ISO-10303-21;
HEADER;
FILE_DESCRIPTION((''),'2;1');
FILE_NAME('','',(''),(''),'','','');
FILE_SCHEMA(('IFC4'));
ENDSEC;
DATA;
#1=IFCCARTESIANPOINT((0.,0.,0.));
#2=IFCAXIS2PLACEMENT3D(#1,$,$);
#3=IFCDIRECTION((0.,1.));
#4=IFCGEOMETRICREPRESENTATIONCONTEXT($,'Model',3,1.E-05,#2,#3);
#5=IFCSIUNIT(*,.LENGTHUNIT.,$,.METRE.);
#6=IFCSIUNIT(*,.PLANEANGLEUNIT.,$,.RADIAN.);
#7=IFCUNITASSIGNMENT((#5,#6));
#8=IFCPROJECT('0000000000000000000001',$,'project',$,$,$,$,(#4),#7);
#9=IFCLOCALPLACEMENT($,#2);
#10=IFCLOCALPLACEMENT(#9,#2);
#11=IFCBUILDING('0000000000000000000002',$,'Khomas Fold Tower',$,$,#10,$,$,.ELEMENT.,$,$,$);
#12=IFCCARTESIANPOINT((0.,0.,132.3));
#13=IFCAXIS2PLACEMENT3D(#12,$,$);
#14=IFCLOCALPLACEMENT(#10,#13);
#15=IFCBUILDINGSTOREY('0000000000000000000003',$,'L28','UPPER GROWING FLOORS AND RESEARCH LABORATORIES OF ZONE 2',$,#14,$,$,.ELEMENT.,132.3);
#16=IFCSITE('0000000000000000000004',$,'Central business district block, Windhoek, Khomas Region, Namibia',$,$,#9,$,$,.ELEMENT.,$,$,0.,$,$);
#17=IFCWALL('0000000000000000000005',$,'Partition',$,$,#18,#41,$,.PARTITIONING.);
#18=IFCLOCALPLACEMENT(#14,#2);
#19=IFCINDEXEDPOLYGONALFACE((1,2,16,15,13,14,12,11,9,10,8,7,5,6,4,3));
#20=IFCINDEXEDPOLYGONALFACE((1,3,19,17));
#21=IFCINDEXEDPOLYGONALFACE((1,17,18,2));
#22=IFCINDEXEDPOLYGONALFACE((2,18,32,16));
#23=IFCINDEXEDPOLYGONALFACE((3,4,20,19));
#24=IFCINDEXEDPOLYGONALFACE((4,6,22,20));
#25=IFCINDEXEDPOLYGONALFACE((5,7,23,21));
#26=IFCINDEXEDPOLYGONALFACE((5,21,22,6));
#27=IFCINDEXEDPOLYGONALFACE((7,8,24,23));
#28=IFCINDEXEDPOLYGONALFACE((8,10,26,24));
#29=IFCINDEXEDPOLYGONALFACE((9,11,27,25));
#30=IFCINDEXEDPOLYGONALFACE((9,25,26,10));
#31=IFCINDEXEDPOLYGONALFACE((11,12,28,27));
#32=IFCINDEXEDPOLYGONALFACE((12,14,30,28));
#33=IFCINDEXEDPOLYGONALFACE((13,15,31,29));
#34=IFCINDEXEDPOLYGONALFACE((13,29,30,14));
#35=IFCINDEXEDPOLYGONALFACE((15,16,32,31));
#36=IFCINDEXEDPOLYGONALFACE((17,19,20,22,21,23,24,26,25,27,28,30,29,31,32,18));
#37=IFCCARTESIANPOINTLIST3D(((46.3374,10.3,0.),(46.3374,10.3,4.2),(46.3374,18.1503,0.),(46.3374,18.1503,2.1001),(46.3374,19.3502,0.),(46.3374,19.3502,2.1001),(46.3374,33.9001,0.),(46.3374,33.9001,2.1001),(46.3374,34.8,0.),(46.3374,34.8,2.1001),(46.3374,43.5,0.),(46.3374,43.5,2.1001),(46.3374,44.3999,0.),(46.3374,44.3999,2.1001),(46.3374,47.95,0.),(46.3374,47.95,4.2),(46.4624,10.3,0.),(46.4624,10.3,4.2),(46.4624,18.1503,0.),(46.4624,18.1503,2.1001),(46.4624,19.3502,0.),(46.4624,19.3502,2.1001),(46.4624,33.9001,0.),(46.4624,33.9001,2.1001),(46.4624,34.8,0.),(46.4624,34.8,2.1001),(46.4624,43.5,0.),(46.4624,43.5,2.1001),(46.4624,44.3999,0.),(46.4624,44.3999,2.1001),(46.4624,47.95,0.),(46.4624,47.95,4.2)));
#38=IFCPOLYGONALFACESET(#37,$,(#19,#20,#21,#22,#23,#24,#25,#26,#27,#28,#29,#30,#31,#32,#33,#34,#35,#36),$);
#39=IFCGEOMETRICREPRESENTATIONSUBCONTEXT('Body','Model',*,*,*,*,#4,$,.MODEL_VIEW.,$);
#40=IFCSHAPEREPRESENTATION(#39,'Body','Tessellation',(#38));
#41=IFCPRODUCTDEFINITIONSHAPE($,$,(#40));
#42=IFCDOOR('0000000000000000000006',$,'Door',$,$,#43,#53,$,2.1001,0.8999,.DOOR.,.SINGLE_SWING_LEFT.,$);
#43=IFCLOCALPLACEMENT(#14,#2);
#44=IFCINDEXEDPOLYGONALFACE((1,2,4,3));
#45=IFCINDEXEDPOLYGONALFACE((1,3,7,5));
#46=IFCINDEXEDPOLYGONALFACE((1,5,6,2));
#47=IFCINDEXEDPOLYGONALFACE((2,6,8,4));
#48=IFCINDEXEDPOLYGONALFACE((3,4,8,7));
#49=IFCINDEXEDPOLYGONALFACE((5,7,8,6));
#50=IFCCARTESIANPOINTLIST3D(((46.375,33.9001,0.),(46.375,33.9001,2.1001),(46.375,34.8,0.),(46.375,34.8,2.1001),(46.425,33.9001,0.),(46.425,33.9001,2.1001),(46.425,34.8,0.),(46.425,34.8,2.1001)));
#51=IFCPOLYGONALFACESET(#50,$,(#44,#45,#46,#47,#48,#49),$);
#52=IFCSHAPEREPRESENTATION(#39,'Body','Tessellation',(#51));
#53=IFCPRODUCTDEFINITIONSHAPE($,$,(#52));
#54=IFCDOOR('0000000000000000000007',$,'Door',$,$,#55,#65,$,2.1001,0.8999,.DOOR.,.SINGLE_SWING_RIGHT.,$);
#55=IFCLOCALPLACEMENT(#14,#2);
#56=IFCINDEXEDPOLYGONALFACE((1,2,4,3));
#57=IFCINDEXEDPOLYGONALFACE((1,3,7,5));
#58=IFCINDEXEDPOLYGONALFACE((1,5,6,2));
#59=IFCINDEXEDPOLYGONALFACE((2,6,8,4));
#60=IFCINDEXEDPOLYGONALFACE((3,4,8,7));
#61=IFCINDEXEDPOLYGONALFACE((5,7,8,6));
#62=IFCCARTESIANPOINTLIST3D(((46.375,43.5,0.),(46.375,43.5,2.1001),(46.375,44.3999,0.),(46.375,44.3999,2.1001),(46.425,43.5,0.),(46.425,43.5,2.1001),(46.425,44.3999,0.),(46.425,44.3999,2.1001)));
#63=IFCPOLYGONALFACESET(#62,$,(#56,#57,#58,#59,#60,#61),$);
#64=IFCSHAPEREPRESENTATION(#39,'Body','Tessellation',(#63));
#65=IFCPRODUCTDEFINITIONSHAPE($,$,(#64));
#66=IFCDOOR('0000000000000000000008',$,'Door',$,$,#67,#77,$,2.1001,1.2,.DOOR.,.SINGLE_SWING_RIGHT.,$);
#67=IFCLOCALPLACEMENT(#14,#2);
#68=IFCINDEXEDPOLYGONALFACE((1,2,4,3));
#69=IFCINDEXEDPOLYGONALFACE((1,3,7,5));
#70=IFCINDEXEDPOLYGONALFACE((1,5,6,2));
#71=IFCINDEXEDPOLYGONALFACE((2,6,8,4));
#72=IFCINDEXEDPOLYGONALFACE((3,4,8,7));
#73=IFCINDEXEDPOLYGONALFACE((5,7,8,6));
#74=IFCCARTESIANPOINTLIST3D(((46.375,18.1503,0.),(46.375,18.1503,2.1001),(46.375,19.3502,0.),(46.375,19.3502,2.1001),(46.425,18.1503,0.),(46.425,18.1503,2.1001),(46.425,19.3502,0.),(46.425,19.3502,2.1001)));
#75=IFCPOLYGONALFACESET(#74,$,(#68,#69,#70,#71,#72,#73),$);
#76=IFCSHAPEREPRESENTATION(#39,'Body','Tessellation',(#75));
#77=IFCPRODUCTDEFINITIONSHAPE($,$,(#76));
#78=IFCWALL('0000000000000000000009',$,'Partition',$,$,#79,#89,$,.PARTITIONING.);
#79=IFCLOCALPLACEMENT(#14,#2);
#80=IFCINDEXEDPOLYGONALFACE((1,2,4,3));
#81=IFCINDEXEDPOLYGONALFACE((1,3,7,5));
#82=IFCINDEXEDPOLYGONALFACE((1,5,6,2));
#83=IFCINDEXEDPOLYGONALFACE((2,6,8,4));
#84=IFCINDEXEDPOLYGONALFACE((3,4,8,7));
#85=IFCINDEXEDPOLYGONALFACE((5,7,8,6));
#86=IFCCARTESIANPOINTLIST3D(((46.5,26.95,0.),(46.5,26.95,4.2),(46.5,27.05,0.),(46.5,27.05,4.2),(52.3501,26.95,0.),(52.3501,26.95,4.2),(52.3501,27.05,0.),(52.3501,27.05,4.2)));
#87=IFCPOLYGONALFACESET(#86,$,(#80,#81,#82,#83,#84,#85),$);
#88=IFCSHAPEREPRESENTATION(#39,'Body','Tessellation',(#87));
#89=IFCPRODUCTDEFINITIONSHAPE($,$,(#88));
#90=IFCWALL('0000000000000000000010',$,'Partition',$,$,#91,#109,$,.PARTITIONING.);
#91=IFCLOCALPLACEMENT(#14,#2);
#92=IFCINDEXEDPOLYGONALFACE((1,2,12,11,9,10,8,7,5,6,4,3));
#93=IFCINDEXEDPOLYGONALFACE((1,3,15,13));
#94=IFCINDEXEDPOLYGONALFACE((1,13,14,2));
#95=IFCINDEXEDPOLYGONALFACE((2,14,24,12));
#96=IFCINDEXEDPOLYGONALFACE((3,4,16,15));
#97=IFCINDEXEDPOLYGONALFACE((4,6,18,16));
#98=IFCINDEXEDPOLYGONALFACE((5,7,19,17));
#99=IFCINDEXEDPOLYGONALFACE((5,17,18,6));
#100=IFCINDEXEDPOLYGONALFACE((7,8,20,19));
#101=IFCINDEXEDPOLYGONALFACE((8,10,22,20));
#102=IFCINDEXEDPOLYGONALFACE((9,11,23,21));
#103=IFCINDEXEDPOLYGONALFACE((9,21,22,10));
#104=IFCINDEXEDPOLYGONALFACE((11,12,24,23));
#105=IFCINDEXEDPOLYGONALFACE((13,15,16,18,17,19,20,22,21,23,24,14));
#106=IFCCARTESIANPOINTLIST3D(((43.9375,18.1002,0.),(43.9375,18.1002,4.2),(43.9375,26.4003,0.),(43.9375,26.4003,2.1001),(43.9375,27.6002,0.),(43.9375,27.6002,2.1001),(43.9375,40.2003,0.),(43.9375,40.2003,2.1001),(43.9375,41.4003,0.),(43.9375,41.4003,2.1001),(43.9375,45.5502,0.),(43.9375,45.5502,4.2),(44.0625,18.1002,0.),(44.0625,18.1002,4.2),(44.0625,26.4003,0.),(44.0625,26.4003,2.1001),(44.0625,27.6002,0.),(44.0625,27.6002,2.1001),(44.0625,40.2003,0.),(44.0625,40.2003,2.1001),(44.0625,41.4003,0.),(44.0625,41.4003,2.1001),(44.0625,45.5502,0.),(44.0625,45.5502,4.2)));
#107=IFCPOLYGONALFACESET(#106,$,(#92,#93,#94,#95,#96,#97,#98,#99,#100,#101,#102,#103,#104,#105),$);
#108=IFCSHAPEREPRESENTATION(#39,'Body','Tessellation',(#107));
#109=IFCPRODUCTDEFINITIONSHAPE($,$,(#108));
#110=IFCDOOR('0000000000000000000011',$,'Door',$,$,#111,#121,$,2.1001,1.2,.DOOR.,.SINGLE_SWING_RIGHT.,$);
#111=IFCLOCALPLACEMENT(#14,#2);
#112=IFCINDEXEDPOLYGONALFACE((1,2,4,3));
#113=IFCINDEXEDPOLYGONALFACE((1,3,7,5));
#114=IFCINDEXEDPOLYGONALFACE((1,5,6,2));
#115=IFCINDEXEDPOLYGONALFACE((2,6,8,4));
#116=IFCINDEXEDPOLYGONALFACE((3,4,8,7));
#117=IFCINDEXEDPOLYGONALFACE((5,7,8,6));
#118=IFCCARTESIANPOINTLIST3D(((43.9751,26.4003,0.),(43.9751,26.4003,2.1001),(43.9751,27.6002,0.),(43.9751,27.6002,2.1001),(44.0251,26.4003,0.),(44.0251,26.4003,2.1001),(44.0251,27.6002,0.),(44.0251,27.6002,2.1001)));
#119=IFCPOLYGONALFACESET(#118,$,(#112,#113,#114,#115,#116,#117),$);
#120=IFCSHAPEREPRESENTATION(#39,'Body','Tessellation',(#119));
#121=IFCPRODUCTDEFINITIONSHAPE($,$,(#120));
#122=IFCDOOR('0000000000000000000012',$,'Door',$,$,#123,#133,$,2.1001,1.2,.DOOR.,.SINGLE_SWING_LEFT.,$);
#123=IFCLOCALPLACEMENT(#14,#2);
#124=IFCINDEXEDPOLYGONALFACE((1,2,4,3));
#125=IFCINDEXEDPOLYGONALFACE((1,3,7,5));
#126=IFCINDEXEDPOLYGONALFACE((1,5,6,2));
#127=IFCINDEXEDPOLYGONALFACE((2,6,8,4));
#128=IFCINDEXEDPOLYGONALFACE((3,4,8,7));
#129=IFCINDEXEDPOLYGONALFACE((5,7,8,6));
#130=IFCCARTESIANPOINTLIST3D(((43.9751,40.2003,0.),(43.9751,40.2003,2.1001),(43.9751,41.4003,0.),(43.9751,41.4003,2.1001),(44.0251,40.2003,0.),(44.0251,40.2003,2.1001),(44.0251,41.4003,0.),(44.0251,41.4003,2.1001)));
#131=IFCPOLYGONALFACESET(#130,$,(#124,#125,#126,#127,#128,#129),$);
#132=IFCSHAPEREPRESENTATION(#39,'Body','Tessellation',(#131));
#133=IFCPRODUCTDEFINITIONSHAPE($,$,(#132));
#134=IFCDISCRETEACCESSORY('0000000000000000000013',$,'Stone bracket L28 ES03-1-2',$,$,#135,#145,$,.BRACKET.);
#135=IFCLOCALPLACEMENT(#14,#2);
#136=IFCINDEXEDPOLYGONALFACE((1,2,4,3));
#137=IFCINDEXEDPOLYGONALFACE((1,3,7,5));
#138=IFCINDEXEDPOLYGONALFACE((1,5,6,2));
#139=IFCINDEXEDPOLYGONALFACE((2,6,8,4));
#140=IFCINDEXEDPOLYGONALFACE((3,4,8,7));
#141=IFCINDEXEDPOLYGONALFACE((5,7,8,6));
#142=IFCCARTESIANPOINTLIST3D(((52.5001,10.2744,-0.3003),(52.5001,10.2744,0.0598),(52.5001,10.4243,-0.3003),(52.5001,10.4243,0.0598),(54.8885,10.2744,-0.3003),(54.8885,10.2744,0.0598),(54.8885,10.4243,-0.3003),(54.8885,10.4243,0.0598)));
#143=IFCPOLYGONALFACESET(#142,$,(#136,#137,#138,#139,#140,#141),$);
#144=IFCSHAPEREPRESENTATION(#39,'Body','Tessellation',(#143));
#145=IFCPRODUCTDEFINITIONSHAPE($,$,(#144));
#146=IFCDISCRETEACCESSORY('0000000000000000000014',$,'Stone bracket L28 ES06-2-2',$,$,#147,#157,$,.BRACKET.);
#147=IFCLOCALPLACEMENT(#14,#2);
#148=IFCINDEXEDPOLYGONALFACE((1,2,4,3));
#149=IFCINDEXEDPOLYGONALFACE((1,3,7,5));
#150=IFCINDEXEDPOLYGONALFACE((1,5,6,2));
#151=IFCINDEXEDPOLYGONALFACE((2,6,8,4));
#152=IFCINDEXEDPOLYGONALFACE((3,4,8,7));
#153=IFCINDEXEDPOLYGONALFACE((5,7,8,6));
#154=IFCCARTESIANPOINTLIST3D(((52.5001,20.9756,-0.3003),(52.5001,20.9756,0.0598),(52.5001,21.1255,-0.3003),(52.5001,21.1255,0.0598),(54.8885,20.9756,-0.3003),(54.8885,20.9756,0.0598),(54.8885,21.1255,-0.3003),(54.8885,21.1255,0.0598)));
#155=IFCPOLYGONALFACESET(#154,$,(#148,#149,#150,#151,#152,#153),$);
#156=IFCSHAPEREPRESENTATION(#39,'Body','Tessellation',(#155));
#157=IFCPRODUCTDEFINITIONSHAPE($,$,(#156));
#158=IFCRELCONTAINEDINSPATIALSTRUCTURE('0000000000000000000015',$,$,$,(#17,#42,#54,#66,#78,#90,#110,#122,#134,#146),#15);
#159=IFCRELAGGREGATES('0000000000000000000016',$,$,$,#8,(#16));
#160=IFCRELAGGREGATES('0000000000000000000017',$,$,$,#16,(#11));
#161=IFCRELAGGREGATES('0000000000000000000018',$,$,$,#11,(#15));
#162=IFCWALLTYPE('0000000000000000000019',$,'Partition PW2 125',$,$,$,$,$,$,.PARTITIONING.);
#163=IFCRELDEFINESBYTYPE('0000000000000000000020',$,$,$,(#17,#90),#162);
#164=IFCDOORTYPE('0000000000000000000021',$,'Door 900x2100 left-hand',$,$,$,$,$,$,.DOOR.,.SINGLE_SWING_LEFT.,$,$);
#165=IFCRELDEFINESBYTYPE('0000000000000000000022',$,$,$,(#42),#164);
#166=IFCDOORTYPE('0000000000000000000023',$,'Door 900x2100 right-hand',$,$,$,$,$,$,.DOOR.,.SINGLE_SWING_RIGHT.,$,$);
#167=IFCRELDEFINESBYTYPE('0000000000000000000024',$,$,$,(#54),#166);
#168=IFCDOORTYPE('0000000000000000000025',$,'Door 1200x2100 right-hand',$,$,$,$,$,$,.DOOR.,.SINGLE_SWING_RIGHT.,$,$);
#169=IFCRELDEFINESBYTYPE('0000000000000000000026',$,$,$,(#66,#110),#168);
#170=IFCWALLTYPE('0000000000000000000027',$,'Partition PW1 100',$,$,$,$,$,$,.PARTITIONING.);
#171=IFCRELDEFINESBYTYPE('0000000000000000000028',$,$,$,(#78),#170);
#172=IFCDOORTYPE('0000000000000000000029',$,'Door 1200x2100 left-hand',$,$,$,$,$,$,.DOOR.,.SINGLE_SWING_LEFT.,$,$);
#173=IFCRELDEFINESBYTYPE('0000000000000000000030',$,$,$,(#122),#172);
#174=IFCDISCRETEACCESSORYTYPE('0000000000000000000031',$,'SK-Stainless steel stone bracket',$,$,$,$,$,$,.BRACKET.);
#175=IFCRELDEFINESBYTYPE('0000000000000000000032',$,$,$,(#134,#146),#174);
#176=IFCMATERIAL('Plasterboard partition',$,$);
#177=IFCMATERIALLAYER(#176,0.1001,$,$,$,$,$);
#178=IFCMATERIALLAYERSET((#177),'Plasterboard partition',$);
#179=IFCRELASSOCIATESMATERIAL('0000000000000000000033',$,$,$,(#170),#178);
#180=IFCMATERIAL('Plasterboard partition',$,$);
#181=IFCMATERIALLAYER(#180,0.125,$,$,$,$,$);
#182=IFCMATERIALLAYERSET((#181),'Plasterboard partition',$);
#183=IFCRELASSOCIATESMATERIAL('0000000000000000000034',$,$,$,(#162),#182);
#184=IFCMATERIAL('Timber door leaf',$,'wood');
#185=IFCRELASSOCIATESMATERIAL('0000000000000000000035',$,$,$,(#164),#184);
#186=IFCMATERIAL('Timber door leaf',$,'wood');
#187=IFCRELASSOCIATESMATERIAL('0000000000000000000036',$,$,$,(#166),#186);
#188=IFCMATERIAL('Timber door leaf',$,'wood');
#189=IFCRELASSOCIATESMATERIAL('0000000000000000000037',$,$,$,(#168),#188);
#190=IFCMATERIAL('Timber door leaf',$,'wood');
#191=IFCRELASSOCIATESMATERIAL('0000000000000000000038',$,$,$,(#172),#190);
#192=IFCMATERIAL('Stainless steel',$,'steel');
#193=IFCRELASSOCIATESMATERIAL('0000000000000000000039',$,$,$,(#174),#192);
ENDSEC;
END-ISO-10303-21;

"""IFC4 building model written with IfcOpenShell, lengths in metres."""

from ifc_helpers import new_model, si_unit, direction, frame, frame_2d, origin, origin_2d, place, context, subcontext, project, spatial, rectangle, extrude, source, transform, mapped, material, layer, layer_set, type_object, element, fill, save


model = new_model("IFC4")

# Units and contexts
model_context = context("Model", 3, precision=1e-05, world=origin(), true_north=direction((0.0, 1.0)))
body_context = subcontext(model_context, "Body", "Model", "MODEL_VIEW")
ifc_project = project(units=[si_unit("LENGTHUNIT", "METRE"), si_unit("PLANEANGLEUNIT", "RADIAN")], contexts=[model_context])

# Site, building, storey
site_placement = place(None, origin())
site = spatial("IfcSite", under=ifc_project, at=site_placement, Name="Central business district block, Windhoek, Khomas Region, Namibia", CompositionType="ELEMENT", RefElevation=0.0)
building_placement = place(site_placement, origin())
building = spatial("IfcBuilding", under=site, at=building_placement, Name="Khomas Fold Tower", CompositionType="ELEMENT")
storey_placement = place(building_placement, frame((0.0, 0.0, 132.3)))
storey = spatial("IfcBuildingStorey", under=building, at=storey_placement, Name="L28", Description="UPPER GROWING FLOORS AND RESEARCH LABORATORIES OF ZONE 2", CompositionType="ELEMENT", Elevation=132.3)

# Shared definitions
ifc_material_1 = material(Name="Plasterboard partition")
ifc_layer_1 = layer(ifc_material_1, 0.1001)
ifc_layer_set_1 = layer_set([ifc_layer_1], Name="Plasterboard partition")
wall_type_1 = type_object("IfcWallType", Name="Partition PW1 100", PredefinedType="PARTITIONING", material=ifc_layer_set_1)

# Wall, openings, doors
ifc_material_2 = material(Name="Plasterboard partition")
ifc_layer_2 = layer(ifc_material_2, 0.125)
ifc_layer_set_2 = layer_set([ifc_layer_2], Name="Plasterboard partition")
wall_type_2 = type_object("IfcWallType", Name="Partition PW2 125", PredefinedType="PARTITIONING", material=ifc_layer_set_2)
shared_shape_1 = source(origin(), body_context, "Body", "SweptSolid", [
    extrude(rectangle(XDim=37.6499, YDim=0.125, at=frame_2d((18.825, 0.0))), origin(), (0.0, 0.0, 1.0), 4.2),
])
wall_1_placement = place(storey_placement, frame((46.3999, 10.3, 0.0), z_axis=(0.0, 0.0, 1.0), x_axis=(0.0, 1.0, 0.0)))
wall_1 = element("IfcWall", 1, at=wall_1_placement, inside=storey, type_object=wall_type_2, Name="Partition", PredefinedType="PARTITIONING", context=body_context, shape_type="MappedRepresentation", body=[
    mapped(shared_shape_1, transform((0.0, 0.0, 0.0))),
])
shared_shape_2 = source(origin(), body_context, "Body", "SweptSolid", [
    extrude(rectangle(XDim=1.2, YDim=2.1001, at=frame_2d((0.6001, 1.05))), frame((0.0, 0.0725, 0.0), z_axis=(0.0, -1.0, 0.0), x_axis=(1.0, 0.0, 0.0)), (0.0, 0.0, 1.0), 0.145),
])
opening_1_placement = place(wall_1_placement, frame((7.8501, 0.0, 0.0)))
opening_1 = element("IfcOpeningElement", 2, at=opening_1_placement, cuts=wall_1, PredefinedType="OPENING", context=body_context, shape_type="MappedRepresentation", body=[
    mapped(shared_shape_2, transform((0.0, 0.0, 0.0))),
])
shared_shape_3 = source(origin(), body_context, "Body", "SweptSolid", [
    extrude(rectangle(XDim=0.8999, YDim=2.1001, at=frame_2d((0.45, 1.05))), frame((0.0, 0.0725, 0.0), z_axis=(0.0, -1.0, 0.0), x_axis=(1.0, 0.0, 0.0)), (0.0, 0.0, 1.0), 0.145),
])
opening_2_placement = place(wall_1_placement, frame((23.6001, 0.0, 0.0)))
opening_2 = element("IfcOpeningElement", 3, at=opening_2_placement, cuts=wall_1, PredefinedType="OPENING", context=body_context, shape_type="MappedRepresentation", body=[
    mapped(shared_shape_3, transform((0.0, 0.0, 0.0))),
])
opening_3_placement = place(wall_1_placement, frame((33.2, 0.0, 0.0)))
opening_3 = element("IfcOpeningElement", 4, at=opening_3_placement, cuts=wall_1, PredefinedType="OPENING", context=body_context, shape_type="MappedRepresentation", body=[
    mapped(shared_shape_3, transform((0.0, 0.0, 0.0))),
])
ifc_material_3 = material(Name="Timber door leaf", Category="wood")
door_type_1 = type_object("IfcDoorType", Name="Door 900x2100 left-hand", OperationType="SINGLE_SWING_LEFT", PredefinedType="DOOR", material=ifc_material_3)
shared_shape_4 = source(origin(), body_context, "Body", "SweptSolid", [
    extrude(rectangle(XDim=0.8999, YDim=2.1001, at=frame_2d((0.45, 1.05))), frame((0.0, 0.0249, 0.0), z_axis=(0.0, -1.0, 0.0), x_axis=(1.0, 0.0, 0.0)), (0.0, 0.0, 1.0), 0.05),
])
door_1_placement = place(opening_2_placement, origin())
door_1 = element("IfcDoor", 5, at=door_1_placement, inside=storey, type_object=door_type_1, Name="Door", OperationType="SINGLE_SWING_LEFT", OverallHeight=2.1001, OverallWidth=0.8999, PredefinedType="DOOR", context=body_context, shape_type="MappedRepresentation", body=[
    mapped(shared_shape_4, transform((0.0, 0.0, 0.0))),
])
fill(opening_2, door_1)
ifc_material_4 = material(Name="Timber door leaf", Category="wood")
door_type_2 = type_object("IfcDoorType", Name="Door 900x2100 right-hand", OperationType="SINGLE_SWING_RIGHT", PredefinedType="DOOR", material=ifc_material_4)
door_2_placement = place(opening_3_placement, origin())
door_2 = element("IfcDoor", 6, at=door_2_placement, inside=storey, type_object=door_type_2, Name="Door", OperationType="SINGLE_SWING_RIGHT", OverallHeight=2.1001, OverallWidth=0.8999, PredefinedType="DOOR", context=body_context, shape_type="MappedRepresentation", body=[
    mapped(shared_shape_4, transform((0.0, 0.0, 0.0))),
])
fill(opening_3, door_2)
ifc_material_5 = material(Name="Timber door leaf", Category="wood")
door_type_3 = type_object("IfcDoorType", Name="Door 1200x2100 right-hand", OperationType="SINGLE_SWING_RIGHT", PredefinedType="DOOR", material=ifc_material_5)
shared_shape_5 = source(origin(), body_context, "Body", "SweptSolid", [
    extrude(rectangle(XDim=1.2, YDim=2.1001, at=frame_2d((0.6001, 1.05))), frame((0.0, 0.0249, 0.0), z_axis=(0.0, -1.0, 0.0), x_axis=(1.0, 0.0, 0.0)), (0.0, 0.0, 1.0), 0.05),
])
door_3_placement = place(opening_1_placement, origin())
door_3 = element("IfcDoor", 7, at=door_3_placement, inside=storey, type_object=door_type_3, Name="Door", OperationType="SINGLE_SWING_RIGHT", OverallHeight=2.1001, OverallWidth=1.2, PredefinedType="DOOR", context=body_context, shape_type="MappedRepresentation", body=[
    mapped(shared_shape_5, transform((0.0, 0.0, 0.0))),
])
fill(opening_1, door_3)

# Wall
shared_shape_6 = source(origin(), body_context, "Body", "SweptSolid", [
    extrude(rectangle(XDim=5.8501, YDim=0.1001, at=frame_2d((2.925, 0.0))), origin(), (0.0, 0.0, 1.0), 4.2),
])
wall_2_placement = place(storey_placement, frame((46.5, 27.0, 0.0), z_axis=(0.0, 0.0, 1.0), x_axis=(1.0, 0.0, 0.0)))
element("IfcWall", 8, at=wall_2_placement, inside=storey, type_object=wall_type_1, Name="Partition", PredefinedType="PARTITIONING", context=body_context, shape_type="MappedRepresentation", body=[
    mapped(shared_shape_6, transform((0.0, 0.0, 0.0))),
])

# Wall, openings, doors
shared_shape_7 = source(origin(), body_context, "Body", "SweptSolid", [
    extrude(rectangle(XDim=27.45, YDim=0.125, at=frame_2d((13.7251, 0.0))), origin(), (0.0, 0.0, 1.0), 4.2),
])
wall_3_placement = place(storey_placement, frame((44.0, 18.1001, 0.0), z_axis=(0.0, 0.0, 1.0), x_axis=(0.0, 1.0, 0.0)))
wall_3 = element("IfcWall", 9, at=wall_3_placement, inside=storey, type_object=wall_type_2, Name="Partition", PredefinedType="PARTITIONING", context=body_context, shape_type="MappedRepresentation", body=[
    mapped(shared_shape_7, transform((0.0, 0.0, 0.0))),
])
opening_4_placement = place(wall_3_placement, frame((8.3, 0.0, 0.0)))
opening_4 = element("IfcOpeningElement", 10, at=opening_4_placement, cuts=wall_3, PredefinedType="OPENING", context=body_context, shape_type="MappedRepresentation", body=[
    mapped(shared_shape_2, transform((0.0, 0.0, 0.0))),
])
opening_5_placement = place(wall_3_placement, frame((22.1001, 0.0, 0.0)))
opening_5 = element("IfcOpeningElement", 11, at=opening_5_placement, cuts=wall_3, PredefinedType="OPENING", context=body_context, shape_type="MappedRepresentation", body=[
    mapped(shared_shape_2, transform((0.0, 0.0, 0.0))),
])
door_4_placement = place(opening_4_placement, origin())
door_4 = element("IfcDoor", 12, at=door_4_placement, inside=storey, type_object=door_type_3, Name="Door", OperationType="SINGLE_SWING_RIGHT", OverallHeight=2.1001, OverallWidth=1.2, PredefinedType="DOOR", context=body_context, shape_type="MappedRepresentation", body=[
    mapped(shared_shape_5, transform((0.0, 0.0, 0.0))),
])
fill(opening_4, door_4)
ifc_material_6 = material(Name="Timber door leaf", Category="wood")
door_type_4 = type_object("IfcDoorType", Name="Door 1200x2100 left-hand", OperationType="SINGLE_SWING_LEFT", PredefinedType="DOOR", material=ifc_material_6)
door_5_placement = place(opening_5_placement, origin())
door_5 = element("IfcDoor", 13, at=door_5_placement, inside=storey, type_object=door_type_4, Name="Door", OperationType="SINGLE_SWING_LEFT", OverallHeight=2.1001, OverallWidth=1.2, PredefinedType="DOOR", context=body_context, shape_type="MappedRepresentation", body=[
    mapped(shared_shape_5, transform((0.0, 0.0, 0.0))),
])
fill(opening_5, door_5)

# Discrete accessories
ifc_material_7 = material(Name="Stainless steel", Category="steel")
discrete_accessory_type = type_object("IfcDiscreteAccessoryType", Name="SK-Stainless steel stone bracket", PredefinedType="BRACKET", material=ifc_material_7)
shared_shape_8 = source(origin(), body_context, "Body", "SweptSolid", [
    extrude(rectangle(XDim=2.3884, YDim=0.1499, at=origin_2d()), origin(), (0.0, 0.0, 1.0), 0.3601),
])
for number, where, z_axis, x_axis, name in (
    (14, (53.6943, 10.3494, -0.3003), (0.0, 0.0, 1.0), (1.0, 0.0, 0.0), "Stone bracket L28 ES03-1-2"),
    (15, (53.6943, 21.0505, -0.3003), (0.0, 0.0, 1.0), (1.0, 0.0, 0.0), "Stone bracket L28 ES06-2-2"),
):
    element("IfcDiscreteAccessory", number, at=place(storey_placement, frame(where, z_axis=z_axis, x_axis=x_axis)), inside=storey, type_object=discrete_accessory_type, Name=name, PredefinedType="BRACKET", context=body_context, shape_type="MappedRepresentation", body=[
        mapped(shared_shape_8, transform((0.0, 0.0, 0.0))),
    ])

save(model, "model.ifc")
